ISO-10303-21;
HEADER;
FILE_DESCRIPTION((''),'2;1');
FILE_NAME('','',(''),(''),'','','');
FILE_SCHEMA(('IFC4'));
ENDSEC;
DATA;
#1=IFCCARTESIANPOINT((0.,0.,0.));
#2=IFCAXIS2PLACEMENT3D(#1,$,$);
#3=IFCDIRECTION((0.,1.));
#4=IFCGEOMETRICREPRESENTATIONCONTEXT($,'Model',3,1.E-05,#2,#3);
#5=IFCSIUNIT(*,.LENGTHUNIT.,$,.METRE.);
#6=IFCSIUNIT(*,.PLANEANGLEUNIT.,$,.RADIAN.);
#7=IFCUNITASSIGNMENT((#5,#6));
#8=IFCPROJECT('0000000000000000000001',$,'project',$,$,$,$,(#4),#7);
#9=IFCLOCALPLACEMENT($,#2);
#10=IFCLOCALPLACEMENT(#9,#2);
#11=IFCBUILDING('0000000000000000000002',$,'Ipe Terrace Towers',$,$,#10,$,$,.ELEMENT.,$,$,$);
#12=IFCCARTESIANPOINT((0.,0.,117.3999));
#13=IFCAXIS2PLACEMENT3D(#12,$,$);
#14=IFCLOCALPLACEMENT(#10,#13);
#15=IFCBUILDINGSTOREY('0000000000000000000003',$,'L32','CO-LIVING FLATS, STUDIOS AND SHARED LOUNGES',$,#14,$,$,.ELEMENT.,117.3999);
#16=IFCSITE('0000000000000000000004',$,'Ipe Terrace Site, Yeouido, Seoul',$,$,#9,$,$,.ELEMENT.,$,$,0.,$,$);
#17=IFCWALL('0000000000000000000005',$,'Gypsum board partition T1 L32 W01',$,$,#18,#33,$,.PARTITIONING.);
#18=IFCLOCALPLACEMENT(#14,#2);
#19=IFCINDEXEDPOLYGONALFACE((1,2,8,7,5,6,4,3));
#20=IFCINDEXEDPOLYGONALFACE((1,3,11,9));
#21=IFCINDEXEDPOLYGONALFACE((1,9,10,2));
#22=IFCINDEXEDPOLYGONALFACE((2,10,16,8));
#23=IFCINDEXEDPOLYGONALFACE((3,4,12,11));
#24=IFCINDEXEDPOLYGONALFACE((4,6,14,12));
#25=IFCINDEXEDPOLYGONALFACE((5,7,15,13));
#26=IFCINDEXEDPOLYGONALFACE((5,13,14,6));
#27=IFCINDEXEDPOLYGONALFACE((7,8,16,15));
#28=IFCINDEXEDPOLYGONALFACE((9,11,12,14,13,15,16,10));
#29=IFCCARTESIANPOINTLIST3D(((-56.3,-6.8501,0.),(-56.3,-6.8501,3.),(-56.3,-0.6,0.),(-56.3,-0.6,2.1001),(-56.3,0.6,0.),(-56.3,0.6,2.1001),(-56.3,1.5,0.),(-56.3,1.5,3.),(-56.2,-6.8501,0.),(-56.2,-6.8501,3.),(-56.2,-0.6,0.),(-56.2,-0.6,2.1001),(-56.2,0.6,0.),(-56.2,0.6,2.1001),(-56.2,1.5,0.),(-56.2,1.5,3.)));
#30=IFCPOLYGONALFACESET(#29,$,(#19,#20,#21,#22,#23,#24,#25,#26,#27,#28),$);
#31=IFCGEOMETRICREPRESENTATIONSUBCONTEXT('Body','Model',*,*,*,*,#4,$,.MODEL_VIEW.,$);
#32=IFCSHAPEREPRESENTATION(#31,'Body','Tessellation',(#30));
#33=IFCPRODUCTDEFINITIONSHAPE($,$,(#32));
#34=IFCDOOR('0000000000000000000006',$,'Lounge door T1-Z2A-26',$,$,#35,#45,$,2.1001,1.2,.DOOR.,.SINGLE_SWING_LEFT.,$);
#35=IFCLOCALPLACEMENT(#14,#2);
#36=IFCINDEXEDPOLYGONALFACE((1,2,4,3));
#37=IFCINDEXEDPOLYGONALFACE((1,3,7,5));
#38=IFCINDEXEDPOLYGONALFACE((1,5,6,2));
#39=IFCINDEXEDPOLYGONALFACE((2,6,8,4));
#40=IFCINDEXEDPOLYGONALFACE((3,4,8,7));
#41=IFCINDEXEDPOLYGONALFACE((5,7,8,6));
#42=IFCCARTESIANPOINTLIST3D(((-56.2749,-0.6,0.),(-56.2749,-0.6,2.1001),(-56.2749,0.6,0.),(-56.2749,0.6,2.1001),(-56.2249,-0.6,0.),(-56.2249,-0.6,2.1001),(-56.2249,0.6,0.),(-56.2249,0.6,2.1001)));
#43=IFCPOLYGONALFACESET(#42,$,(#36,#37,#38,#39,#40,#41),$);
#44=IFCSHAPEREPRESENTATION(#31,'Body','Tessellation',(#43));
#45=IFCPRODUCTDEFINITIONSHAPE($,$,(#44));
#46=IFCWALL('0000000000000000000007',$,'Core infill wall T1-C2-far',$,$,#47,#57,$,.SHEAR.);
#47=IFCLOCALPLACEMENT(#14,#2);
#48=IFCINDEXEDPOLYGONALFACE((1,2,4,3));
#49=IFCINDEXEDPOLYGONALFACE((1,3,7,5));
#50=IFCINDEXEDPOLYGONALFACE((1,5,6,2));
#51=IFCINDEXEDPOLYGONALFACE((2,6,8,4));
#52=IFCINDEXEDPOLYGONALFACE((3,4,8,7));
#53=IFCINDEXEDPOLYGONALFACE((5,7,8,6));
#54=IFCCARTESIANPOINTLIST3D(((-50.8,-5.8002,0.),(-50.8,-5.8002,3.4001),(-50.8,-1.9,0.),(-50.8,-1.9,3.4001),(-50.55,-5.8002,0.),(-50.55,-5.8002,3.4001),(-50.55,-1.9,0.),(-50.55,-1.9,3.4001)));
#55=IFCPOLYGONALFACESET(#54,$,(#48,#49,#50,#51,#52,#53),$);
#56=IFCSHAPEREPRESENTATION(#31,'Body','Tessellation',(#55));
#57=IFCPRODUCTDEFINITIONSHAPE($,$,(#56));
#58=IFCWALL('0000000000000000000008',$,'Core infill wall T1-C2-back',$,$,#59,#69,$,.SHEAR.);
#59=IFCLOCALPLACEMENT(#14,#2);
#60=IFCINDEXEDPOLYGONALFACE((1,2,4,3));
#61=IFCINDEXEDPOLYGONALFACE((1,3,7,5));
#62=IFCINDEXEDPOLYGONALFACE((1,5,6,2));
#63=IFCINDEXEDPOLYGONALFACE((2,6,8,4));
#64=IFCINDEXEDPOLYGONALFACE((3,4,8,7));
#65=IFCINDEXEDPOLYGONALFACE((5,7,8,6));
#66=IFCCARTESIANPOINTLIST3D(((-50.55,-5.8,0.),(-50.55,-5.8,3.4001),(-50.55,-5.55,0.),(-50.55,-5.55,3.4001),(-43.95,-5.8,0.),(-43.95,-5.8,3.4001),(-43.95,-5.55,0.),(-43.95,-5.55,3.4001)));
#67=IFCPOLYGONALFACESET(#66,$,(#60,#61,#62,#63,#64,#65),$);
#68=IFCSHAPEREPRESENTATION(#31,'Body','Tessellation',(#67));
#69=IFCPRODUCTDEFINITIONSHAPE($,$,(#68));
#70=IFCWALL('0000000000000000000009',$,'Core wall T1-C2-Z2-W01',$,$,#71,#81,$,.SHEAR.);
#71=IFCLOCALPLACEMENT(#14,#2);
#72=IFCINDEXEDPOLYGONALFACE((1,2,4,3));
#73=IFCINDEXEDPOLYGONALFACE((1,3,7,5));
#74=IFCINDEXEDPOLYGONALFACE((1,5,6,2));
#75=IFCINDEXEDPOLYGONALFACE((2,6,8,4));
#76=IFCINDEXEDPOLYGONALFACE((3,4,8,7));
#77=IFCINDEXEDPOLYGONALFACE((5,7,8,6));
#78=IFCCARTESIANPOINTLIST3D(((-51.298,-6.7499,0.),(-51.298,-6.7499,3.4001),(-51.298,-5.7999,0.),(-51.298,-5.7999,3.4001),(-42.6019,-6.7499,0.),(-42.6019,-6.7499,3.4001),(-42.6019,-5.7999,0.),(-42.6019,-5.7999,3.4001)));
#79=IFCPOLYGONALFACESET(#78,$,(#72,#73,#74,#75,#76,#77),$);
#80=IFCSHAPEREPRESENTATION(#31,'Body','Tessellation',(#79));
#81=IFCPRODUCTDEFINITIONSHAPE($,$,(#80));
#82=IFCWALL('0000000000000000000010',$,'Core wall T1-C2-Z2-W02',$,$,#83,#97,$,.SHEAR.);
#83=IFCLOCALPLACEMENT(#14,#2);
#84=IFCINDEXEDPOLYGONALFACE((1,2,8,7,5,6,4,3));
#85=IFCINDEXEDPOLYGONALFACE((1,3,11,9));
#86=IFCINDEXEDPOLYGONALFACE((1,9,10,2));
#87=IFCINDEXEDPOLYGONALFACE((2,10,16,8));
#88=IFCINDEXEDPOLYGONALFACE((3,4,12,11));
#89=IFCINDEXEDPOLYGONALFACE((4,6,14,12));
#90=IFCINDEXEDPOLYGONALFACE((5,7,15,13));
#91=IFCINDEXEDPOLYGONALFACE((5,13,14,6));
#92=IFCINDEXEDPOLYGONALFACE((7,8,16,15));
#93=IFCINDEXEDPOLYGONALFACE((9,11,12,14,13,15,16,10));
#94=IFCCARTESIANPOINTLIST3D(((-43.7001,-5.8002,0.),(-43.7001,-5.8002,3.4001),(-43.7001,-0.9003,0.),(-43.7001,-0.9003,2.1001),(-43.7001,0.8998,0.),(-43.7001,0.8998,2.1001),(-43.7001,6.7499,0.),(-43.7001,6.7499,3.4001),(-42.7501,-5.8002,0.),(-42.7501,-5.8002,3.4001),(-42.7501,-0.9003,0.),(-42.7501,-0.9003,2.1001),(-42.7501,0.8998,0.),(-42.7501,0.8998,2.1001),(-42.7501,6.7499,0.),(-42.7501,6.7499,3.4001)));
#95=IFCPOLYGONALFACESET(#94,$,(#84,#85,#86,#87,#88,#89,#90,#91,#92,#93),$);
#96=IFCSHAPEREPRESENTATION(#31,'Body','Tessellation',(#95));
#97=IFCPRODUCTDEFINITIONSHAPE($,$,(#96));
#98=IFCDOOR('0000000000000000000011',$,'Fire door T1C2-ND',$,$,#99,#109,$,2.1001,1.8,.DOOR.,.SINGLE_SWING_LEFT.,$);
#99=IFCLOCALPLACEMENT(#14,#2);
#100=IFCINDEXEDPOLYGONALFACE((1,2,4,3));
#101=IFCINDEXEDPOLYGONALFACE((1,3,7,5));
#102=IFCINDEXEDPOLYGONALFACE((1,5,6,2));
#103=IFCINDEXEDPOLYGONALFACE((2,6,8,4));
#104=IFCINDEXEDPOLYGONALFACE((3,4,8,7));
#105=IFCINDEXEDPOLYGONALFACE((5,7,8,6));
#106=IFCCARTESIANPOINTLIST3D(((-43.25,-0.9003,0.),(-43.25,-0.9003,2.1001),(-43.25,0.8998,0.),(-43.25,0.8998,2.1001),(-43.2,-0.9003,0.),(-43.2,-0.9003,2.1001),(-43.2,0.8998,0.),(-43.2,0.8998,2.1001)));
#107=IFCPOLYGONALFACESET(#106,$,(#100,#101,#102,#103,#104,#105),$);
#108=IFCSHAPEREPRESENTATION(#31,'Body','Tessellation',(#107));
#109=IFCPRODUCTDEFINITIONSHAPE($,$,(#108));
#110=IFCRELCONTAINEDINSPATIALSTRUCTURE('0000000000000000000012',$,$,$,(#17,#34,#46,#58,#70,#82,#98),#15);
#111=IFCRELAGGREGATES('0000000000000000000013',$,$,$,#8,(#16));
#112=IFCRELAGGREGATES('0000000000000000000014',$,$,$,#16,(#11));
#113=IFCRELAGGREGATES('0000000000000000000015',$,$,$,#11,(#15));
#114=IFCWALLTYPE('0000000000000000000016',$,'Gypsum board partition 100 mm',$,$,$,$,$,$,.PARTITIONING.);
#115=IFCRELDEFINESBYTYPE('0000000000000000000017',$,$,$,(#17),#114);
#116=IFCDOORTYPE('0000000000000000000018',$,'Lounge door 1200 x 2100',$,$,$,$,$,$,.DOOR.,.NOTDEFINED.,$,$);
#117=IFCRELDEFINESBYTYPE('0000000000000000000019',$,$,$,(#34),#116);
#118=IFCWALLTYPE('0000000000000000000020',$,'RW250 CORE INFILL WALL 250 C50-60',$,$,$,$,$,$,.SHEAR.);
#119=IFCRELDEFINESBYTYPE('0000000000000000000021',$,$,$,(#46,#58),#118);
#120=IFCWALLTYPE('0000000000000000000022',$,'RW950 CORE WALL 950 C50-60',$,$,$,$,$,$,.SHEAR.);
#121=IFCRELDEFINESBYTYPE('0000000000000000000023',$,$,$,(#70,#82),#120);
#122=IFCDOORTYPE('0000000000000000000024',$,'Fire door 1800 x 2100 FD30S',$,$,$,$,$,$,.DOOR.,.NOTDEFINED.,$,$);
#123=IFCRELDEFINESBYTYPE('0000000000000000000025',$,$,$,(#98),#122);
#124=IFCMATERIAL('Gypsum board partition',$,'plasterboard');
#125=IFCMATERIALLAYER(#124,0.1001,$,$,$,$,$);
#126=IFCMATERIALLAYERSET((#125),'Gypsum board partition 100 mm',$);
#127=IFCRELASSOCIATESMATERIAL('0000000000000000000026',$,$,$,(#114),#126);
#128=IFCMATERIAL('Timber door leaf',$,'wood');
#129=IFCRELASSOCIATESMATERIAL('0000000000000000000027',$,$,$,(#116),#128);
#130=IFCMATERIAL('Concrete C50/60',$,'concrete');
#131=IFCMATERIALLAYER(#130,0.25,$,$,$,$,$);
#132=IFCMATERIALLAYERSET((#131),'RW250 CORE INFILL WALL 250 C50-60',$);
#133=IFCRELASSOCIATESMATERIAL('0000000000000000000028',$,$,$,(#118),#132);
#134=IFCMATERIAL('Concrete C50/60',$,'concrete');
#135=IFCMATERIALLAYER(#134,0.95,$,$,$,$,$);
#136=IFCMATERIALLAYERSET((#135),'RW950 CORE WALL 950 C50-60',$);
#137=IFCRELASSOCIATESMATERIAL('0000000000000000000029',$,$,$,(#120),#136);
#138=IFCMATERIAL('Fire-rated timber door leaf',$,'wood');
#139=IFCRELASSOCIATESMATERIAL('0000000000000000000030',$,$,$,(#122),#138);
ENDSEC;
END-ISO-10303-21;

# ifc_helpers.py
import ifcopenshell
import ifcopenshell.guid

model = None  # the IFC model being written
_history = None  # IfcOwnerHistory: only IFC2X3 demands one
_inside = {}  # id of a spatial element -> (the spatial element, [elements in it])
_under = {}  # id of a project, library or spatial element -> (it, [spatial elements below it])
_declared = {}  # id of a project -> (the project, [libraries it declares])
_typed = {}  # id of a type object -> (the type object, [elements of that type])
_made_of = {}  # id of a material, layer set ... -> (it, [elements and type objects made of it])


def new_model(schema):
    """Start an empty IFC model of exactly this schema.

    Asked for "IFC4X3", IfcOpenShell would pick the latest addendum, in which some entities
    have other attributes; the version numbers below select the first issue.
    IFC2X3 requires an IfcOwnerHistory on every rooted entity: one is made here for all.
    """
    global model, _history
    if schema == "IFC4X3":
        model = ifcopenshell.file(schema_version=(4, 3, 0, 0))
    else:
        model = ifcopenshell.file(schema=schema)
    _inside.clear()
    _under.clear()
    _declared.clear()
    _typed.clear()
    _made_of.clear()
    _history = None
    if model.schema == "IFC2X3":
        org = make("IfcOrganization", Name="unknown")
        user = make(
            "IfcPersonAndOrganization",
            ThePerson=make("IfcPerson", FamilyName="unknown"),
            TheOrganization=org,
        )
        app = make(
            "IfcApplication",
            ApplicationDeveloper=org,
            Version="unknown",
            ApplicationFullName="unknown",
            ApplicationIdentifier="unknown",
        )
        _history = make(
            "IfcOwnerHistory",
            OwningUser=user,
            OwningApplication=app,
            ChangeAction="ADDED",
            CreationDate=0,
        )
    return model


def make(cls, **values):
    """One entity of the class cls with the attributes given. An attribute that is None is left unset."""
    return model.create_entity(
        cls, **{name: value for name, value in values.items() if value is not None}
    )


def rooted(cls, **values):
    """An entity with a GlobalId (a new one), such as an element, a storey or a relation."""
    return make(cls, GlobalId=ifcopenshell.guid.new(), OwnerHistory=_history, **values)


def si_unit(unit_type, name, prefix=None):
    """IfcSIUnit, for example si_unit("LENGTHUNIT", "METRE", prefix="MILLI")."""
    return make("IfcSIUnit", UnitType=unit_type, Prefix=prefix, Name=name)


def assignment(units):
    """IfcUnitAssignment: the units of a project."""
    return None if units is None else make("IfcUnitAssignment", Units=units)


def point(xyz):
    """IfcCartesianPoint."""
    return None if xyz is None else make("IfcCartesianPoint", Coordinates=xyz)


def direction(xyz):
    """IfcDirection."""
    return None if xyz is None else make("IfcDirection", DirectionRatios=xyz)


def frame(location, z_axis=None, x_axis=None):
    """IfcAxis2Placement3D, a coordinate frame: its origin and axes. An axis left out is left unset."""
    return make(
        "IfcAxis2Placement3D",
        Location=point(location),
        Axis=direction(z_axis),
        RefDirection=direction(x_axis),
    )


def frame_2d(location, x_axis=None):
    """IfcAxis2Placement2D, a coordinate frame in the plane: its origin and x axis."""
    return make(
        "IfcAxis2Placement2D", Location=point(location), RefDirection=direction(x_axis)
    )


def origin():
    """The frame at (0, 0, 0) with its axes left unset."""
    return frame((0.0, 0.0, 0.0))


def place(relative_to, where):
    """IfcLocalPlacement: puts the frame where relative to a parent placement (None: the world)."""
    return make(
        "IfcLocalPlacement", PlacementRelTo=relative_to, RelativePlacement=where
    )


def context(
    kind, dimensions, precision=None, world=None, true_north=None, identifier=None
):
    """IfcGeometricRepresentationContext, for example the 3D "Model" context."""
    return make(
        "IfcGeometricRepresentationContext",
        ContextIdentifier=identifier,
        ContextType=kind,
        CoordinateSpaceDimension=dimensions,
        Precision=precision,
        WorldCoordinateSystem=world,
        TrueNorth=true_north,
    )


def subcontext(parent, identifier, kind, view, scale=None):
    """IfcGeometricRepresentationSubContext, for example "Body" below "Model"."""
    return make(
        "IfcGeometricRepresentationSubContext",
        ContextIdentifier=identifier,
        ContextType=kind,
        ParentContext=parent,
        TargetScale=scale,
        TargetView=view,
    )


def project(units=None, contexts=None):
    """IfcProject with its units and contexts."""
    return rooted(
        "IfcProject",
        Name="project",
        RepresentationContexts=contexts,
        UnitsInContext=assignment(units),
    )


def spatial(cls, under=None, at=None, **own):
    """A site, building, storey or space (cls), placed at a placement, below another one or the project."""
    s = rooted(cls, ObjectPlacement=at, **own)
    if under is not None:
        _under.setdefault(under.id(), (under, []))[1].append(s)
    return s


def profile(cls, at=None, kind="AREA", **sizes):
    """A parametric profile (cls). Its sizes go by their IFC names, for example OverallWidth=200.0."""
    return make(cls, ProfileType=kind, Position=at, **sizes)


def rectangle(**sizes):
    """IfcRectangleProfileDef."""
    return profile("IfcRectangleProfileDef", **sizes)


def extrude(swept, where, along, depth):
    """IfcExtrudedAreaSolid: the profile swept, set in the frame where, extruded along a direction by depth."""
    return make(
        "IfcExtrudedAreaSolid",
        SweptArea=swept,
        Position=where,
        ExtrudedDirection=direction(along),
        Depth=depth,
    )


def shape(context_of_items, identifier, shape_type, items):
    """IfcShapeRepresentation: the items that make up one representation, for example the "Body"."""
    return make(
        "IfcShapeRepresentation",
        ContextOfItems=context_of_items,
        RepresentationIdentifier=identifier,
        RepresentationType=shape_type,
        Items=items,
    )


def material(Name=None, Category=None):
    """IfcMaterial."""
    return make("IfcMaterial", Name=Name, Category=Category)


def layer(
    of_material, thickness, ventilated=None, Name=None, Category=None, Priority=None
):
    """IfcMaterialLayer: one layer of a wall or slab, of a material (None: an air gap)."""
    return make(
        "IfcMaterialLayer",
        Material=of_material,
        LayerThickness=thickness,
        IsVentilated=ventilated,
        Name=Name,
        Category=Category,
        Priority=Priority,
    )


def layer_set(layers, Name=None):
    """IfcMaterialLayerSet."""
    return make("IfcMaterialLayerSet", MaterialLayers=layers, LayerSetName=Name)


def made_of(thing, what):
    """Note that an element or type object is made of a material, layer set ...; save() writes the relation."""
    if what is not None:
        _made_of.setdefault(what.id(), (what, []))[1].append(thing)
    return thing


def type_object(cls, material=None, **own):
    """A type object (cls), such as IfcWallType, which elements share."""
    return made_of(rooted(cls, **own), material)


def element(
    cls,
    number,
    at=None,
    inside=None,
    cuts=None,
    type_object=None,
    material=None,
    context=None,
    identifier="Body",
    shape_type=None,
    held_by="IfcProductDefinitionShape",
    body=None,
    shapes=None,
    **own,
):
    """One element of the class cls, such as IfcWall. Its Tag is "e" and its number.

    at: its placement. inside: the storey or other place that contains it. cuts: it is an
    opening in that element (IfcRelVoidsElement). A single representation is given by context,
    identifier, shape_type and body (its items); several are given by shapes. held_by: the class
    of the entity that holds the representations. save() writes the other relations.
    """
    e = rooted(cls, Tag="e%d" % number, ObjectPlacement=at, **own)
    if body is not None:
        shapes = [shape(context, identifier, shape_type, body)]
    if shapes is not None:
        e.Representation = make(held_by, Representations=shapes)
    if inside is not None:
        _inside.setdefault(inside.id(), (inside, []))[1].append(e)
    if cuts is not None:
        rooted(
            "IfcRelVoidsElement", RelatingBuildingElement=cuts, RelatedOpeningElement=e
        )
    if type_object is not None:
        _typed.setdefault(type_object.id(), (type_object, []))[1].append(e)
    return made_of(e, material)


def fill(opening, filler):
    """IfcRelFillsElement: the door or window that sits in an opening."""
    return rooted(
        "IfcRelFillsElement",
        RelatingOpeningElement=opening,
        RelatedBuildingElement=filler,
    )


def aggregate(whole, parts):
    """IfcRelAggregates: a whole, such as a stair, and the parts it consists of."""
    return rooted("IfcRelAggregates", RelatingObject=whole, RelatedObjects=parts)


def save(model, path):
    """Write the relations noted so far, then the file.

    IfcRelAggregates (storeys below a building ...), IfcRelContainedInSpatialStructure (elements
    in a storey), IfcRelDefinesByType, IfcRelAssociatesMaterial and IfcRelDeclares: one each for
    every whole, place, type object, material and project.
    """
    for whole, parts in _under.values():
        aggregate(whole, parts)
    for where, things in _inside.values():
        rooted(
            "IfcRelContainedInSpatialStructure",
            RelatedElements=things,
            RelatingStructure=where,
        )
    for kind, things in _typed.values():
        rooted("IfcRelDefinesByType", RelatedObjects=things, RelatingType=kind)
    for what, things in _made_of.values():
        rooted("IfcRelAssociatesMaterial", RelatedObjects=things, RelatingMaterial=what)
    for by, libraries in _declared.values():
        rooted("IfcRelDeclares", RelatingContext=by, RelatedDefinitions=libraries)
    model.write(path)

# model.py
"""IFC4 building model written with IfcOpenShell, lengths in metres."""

from ifc_helpers import new_model, si_unit, direction, frame, frame_2d, origin, place, context, subcontext, project, spatial, rectangle, extrude, material, layer, layer_set, type_object, element, fill, save


model = new_model("IFC4")

# Units and contexts
model_context = context("Model", 3, precision=1e-05, world=origin(), true_north=direction((0.0, 1.0)))
body_context = subcontext(model_context, "Body", "Model", "MODEL_VIEW")
ifc_project = project(units=[si_unit("LENGTHUNIT", "METRE"), si_unit("PLANEANGLEUNIT", "RADIAN")], contexts=[model_context])

# Site, building, storey
site_placement = place(None, origin())
site = spatial("IfcSite", under=ifc_project, at=site_placement, Name="Ipe Terrace Site, Yeouido, Seoul", CompositionType="ELEMENT", RefElevation=0.0)
building_placement = place(site_placement, origin())
building = spatial("IfcBuilding", under=site, at=building_placement, Name="Ipe Terrace Towers", CompositionType="ELEMENT")
storey_placement = place(building_placement, frame((0.0, 0.0, 117.3999)))
storey = spatial("IfcBuildingStorey", under=building, at=storey_placement, Name="L32", Description="CO-LIVING FLATS, STUDIOS AND SHARED LOUNGES", CompositionType="ELEMENT", Elevation=117.3999)

# Wall, opening, door
ifc_material_1 = material(Name="Gypsum board partition", Category="plasterboard")
ifc_layer_1 = layer(ifc_material_1, 0.1001)
ifc_layer_set_1 = layer_set([ifc_layer_1], Name="Gypsum board partition 100 mm")
wall_type_1 = type_object("IfcWallType", Name="Gypsum board partition 100 mm", PredefinedType="PARTITIONING", material=ifc_layer_set_1)
wall_1_placement = place(storey_placement, frame((-56.25, -6.8501, 0.0), z_axis=(0.0, 0.0, 1.0), x_axis=(0.0, 1.0, 0.0)))
wall_1 = element("IfcWall", 1, at=wall_1_placement, inside=storey, type_object=wall_type_1, Name="Gypsum board partition T1 L32 W01", PredefinedType="PARTITIONING", context=body_context, shape_type="SweptSolid", body=[
    extrude(rectangle(XDim=8.3501, YDim=0.1001, at=frame_2d((4.175, 0.0))), origin(), (0.0, 0.0, 1.0), 3.0),
])
opening_1_placement = place(wall_1_placement, frame((6.25, 0.0, 0.0)))
opening_1 = element("IfcOpeningElement", 2, at=opening_1_placement, cuts=wall_1, PredefinedType="OPENING", context=body_context, shape_type="SweptSolid", body=[
    extrude(rectangle(XDim=1.2, YDim=2.1001, at=frame_2d((0.6001, 1.05))), frame((0.0, 0.0601, 0.0), z_axis=(0.0, -1.0, 0.0), x_axis=(1.0, 0.0, 0.0)), (0.0, 0.0, 1.0), 0.1201),
])
ifc_material_2 = material(Name="Timber door leaf", Category="wood")
door_type_1 = type_object("IfcDoorType", Name="Lounge door 1200 x 2100", OperationType="NOTDEFINED", PredefinedType="DOOR", material=ifc_material_2)
door_1_placement = place(opening_1_placement, origin())
door_1 = element("IfcDoor", 3, at=door_1_placement, inside=storey, type_object=door_type_1, Name="Lounge door T1-Z2A-26", OperationType="SINGLE_SWING_LEFT", OverallHeight=2.1001, OverallWidth=1.2, PredefinedType="DOOR", context=body_context, shape_type="SweptSolid", body=[
    extrude(rectangle(XDim=1.2, YDim=2.1001, at=frame_2d((0.6001, 1.05))), frame((0.0, 0.0249, 0.0), z_axis=(0.0, -1.0, 0.0), x_axis=(1.0, 0.0, 0.0)), (0.0, 0.0, 1.0), 0.05),
])
fill(opening_1, door_1)

# Walls
ifc_material_3 = material(Name="Concrete C50/60", Category="concrete")
ifc_layer_2 = layer(ifc_material_3, 0.25)
ifc_layer_set_2 = layer_set([ifc_layer_2], Name="RW250 CORE INFILL WALL 250 C50-60")
wall_type_2 = type_object("IfcWallType", Name="RW250 CORE INFILL WALL 250 C50-60", PredefinedType="SHEAR", material=ifc_layer_set_2)
wall_2_placement = place(storey_placement, frame((-50.675, -1.8999, 0.0), z_axis=(0.0, 0.0, 1.0), x_axis=(0.0, -1.0, 0.0)))
element("IfcWall", 4, at=wall_2_placement, inside=storey, type_object=wall_type_2, Name="Core infill wall T1-C2-far", PredefinedType="SHEAR", context=body_context, shape_type="SweptSolid", body=[
    extrude(rectangle(XDim=3.9001, YDim=0.25, at=frame_2d((1.9502, 0.0))), origin(), (0.0, 0.0, 1.0), 3.4001),
])
wall_3_placement = place(storey_placement, frame((-43.95, -5.675, 0.0), z_axis=(0.0, 0.0, 1.0), x_axis=(-1.0, 0.0, 0.0)))
element("IfcWall", 5, at=wall_3_placement, inside=storey, type_object=wall_type_2, Name="Core infill wall T1-C2-back", PredefinedType="SHEAR", context=body_context, shape_type="SweptSolid", body=[
    extrude(rectangle(XDim=6.6001, YDim=0.25, at=frame_2d((3.3, 0.0))), origin(), (0.0, 0.0, 1.0), 3.4001),
])
ifc_material_4 = material(Name="Concrete C50/60", Category="concrete")
ifc_layer_3 = layer(ifc_material_4, 0.95)
ifc_layer_set_3 = layer_set([ifc_layer_3], Name="RW950 CORE WALL 950 C50-60")
wall_type_3 = type_object("IfcWallType", Name="RW950 CORE WALL 950 C50-60", PredefinedType="SHEAR", material=ifc_layer_set_3)
wall_4_placement = place(storey_placement, frame((-51.2981, -6.2749, 0.0), z_axis=(0.0, 0.0, 1.0), x_axis=(1.0, 0.0, 0.0)))
element("IfcWall", 6, at=wall_4_placement, inside=storey, type_object=wall_type_3, Name="Core wall T1-C2-Z2-W01", PredefinedType="SHEAR", context=body_context, shape_type="SweptSolid", body=[
    extrude(rectangle(XDim=8.696, YDim=0.95, at=frame_2d((4.3481, 0.0))), origin(), (0.0, 0.0, 1.0), 3.4001),
])

# Wall, opening, door
wall_5_placement = place(storey_placement, frame((-43.2251, -5.8, 0.0), z_axis=(0.0, 0.0, 1.0), x_axis=(0.0, 1.0, 0.0)))
wall_5 = element("IfcWall", 7, at=wall_5_placement, inside=storey, type_object=wall_type_3, Name="Core wall T1-C2-Z2-W02", PredefinedType="SHEAR", context=body_context, shape_type="SweptSolid", body=[
    extrude(rectangle(XDim=12.55, YDim=0.95, at=frame_2d((6.2749, 0.0))), origin(), (0.0, 0.0, 1.0), 3.4001),
])
opening_2_placement = place(wall_5_placement, frame((4.8999, 0.0, 0.0)))
opening_2 = element("IfcOpeningElement", 8, at=opening_2_placement, cuts=wall_5, PredefinedType="OPENING", context=body_context, shape_type="SweptSolid", body=[
    extrude(rectangle(XDim=1.8, YDim=2.1001, at=frame_2d((0.8999, 1.05))), frame((0.0, 0.4849, 0.0), z_axis=(0.0, -1.0, 0.0), x_axis=(1.0, 0.0, 0.0)), (0.0, 0.0, 1.0), 0.97),
])
ifc_material_5 = material(Name="Fire-rated timber door leaf", Category="wood")
door_type_2 = type_object("IfcDoorType", Name="Fire door 1800 x 2100 FD30S", OperationType="NOTDEFINED", PredefinedType="DOOR", material=ifc_material_5)
door_2_placement = place(opening_2_placement, origin())
door_2 = element("IfcDoor", 9, at=door_2_placement, inside=storey, type_object=door_type_2, Name="Fire door T1C2-ND", OperationType="SINGLE_SWING_LEFT", OverallHeight=2.1001, OverallWidth=1.8, PredefinedType="DOOR", context=body_context, shape_type="SweptSolid", body=[
    extrude(rectangle(XDim=1.8, YDim=2.1001, at=frame_2d((0.8999, 1.05))), frame((0.0, 0.0249, 0.0), z_axis=(0.0, -1.0, 0.0), x_axis=(1.0, 0.0, 0.0)), (0.0, 0.0, 1.0), 0.05),
])
fill(opening_2, door_2)

save(model, "model.ifc")
